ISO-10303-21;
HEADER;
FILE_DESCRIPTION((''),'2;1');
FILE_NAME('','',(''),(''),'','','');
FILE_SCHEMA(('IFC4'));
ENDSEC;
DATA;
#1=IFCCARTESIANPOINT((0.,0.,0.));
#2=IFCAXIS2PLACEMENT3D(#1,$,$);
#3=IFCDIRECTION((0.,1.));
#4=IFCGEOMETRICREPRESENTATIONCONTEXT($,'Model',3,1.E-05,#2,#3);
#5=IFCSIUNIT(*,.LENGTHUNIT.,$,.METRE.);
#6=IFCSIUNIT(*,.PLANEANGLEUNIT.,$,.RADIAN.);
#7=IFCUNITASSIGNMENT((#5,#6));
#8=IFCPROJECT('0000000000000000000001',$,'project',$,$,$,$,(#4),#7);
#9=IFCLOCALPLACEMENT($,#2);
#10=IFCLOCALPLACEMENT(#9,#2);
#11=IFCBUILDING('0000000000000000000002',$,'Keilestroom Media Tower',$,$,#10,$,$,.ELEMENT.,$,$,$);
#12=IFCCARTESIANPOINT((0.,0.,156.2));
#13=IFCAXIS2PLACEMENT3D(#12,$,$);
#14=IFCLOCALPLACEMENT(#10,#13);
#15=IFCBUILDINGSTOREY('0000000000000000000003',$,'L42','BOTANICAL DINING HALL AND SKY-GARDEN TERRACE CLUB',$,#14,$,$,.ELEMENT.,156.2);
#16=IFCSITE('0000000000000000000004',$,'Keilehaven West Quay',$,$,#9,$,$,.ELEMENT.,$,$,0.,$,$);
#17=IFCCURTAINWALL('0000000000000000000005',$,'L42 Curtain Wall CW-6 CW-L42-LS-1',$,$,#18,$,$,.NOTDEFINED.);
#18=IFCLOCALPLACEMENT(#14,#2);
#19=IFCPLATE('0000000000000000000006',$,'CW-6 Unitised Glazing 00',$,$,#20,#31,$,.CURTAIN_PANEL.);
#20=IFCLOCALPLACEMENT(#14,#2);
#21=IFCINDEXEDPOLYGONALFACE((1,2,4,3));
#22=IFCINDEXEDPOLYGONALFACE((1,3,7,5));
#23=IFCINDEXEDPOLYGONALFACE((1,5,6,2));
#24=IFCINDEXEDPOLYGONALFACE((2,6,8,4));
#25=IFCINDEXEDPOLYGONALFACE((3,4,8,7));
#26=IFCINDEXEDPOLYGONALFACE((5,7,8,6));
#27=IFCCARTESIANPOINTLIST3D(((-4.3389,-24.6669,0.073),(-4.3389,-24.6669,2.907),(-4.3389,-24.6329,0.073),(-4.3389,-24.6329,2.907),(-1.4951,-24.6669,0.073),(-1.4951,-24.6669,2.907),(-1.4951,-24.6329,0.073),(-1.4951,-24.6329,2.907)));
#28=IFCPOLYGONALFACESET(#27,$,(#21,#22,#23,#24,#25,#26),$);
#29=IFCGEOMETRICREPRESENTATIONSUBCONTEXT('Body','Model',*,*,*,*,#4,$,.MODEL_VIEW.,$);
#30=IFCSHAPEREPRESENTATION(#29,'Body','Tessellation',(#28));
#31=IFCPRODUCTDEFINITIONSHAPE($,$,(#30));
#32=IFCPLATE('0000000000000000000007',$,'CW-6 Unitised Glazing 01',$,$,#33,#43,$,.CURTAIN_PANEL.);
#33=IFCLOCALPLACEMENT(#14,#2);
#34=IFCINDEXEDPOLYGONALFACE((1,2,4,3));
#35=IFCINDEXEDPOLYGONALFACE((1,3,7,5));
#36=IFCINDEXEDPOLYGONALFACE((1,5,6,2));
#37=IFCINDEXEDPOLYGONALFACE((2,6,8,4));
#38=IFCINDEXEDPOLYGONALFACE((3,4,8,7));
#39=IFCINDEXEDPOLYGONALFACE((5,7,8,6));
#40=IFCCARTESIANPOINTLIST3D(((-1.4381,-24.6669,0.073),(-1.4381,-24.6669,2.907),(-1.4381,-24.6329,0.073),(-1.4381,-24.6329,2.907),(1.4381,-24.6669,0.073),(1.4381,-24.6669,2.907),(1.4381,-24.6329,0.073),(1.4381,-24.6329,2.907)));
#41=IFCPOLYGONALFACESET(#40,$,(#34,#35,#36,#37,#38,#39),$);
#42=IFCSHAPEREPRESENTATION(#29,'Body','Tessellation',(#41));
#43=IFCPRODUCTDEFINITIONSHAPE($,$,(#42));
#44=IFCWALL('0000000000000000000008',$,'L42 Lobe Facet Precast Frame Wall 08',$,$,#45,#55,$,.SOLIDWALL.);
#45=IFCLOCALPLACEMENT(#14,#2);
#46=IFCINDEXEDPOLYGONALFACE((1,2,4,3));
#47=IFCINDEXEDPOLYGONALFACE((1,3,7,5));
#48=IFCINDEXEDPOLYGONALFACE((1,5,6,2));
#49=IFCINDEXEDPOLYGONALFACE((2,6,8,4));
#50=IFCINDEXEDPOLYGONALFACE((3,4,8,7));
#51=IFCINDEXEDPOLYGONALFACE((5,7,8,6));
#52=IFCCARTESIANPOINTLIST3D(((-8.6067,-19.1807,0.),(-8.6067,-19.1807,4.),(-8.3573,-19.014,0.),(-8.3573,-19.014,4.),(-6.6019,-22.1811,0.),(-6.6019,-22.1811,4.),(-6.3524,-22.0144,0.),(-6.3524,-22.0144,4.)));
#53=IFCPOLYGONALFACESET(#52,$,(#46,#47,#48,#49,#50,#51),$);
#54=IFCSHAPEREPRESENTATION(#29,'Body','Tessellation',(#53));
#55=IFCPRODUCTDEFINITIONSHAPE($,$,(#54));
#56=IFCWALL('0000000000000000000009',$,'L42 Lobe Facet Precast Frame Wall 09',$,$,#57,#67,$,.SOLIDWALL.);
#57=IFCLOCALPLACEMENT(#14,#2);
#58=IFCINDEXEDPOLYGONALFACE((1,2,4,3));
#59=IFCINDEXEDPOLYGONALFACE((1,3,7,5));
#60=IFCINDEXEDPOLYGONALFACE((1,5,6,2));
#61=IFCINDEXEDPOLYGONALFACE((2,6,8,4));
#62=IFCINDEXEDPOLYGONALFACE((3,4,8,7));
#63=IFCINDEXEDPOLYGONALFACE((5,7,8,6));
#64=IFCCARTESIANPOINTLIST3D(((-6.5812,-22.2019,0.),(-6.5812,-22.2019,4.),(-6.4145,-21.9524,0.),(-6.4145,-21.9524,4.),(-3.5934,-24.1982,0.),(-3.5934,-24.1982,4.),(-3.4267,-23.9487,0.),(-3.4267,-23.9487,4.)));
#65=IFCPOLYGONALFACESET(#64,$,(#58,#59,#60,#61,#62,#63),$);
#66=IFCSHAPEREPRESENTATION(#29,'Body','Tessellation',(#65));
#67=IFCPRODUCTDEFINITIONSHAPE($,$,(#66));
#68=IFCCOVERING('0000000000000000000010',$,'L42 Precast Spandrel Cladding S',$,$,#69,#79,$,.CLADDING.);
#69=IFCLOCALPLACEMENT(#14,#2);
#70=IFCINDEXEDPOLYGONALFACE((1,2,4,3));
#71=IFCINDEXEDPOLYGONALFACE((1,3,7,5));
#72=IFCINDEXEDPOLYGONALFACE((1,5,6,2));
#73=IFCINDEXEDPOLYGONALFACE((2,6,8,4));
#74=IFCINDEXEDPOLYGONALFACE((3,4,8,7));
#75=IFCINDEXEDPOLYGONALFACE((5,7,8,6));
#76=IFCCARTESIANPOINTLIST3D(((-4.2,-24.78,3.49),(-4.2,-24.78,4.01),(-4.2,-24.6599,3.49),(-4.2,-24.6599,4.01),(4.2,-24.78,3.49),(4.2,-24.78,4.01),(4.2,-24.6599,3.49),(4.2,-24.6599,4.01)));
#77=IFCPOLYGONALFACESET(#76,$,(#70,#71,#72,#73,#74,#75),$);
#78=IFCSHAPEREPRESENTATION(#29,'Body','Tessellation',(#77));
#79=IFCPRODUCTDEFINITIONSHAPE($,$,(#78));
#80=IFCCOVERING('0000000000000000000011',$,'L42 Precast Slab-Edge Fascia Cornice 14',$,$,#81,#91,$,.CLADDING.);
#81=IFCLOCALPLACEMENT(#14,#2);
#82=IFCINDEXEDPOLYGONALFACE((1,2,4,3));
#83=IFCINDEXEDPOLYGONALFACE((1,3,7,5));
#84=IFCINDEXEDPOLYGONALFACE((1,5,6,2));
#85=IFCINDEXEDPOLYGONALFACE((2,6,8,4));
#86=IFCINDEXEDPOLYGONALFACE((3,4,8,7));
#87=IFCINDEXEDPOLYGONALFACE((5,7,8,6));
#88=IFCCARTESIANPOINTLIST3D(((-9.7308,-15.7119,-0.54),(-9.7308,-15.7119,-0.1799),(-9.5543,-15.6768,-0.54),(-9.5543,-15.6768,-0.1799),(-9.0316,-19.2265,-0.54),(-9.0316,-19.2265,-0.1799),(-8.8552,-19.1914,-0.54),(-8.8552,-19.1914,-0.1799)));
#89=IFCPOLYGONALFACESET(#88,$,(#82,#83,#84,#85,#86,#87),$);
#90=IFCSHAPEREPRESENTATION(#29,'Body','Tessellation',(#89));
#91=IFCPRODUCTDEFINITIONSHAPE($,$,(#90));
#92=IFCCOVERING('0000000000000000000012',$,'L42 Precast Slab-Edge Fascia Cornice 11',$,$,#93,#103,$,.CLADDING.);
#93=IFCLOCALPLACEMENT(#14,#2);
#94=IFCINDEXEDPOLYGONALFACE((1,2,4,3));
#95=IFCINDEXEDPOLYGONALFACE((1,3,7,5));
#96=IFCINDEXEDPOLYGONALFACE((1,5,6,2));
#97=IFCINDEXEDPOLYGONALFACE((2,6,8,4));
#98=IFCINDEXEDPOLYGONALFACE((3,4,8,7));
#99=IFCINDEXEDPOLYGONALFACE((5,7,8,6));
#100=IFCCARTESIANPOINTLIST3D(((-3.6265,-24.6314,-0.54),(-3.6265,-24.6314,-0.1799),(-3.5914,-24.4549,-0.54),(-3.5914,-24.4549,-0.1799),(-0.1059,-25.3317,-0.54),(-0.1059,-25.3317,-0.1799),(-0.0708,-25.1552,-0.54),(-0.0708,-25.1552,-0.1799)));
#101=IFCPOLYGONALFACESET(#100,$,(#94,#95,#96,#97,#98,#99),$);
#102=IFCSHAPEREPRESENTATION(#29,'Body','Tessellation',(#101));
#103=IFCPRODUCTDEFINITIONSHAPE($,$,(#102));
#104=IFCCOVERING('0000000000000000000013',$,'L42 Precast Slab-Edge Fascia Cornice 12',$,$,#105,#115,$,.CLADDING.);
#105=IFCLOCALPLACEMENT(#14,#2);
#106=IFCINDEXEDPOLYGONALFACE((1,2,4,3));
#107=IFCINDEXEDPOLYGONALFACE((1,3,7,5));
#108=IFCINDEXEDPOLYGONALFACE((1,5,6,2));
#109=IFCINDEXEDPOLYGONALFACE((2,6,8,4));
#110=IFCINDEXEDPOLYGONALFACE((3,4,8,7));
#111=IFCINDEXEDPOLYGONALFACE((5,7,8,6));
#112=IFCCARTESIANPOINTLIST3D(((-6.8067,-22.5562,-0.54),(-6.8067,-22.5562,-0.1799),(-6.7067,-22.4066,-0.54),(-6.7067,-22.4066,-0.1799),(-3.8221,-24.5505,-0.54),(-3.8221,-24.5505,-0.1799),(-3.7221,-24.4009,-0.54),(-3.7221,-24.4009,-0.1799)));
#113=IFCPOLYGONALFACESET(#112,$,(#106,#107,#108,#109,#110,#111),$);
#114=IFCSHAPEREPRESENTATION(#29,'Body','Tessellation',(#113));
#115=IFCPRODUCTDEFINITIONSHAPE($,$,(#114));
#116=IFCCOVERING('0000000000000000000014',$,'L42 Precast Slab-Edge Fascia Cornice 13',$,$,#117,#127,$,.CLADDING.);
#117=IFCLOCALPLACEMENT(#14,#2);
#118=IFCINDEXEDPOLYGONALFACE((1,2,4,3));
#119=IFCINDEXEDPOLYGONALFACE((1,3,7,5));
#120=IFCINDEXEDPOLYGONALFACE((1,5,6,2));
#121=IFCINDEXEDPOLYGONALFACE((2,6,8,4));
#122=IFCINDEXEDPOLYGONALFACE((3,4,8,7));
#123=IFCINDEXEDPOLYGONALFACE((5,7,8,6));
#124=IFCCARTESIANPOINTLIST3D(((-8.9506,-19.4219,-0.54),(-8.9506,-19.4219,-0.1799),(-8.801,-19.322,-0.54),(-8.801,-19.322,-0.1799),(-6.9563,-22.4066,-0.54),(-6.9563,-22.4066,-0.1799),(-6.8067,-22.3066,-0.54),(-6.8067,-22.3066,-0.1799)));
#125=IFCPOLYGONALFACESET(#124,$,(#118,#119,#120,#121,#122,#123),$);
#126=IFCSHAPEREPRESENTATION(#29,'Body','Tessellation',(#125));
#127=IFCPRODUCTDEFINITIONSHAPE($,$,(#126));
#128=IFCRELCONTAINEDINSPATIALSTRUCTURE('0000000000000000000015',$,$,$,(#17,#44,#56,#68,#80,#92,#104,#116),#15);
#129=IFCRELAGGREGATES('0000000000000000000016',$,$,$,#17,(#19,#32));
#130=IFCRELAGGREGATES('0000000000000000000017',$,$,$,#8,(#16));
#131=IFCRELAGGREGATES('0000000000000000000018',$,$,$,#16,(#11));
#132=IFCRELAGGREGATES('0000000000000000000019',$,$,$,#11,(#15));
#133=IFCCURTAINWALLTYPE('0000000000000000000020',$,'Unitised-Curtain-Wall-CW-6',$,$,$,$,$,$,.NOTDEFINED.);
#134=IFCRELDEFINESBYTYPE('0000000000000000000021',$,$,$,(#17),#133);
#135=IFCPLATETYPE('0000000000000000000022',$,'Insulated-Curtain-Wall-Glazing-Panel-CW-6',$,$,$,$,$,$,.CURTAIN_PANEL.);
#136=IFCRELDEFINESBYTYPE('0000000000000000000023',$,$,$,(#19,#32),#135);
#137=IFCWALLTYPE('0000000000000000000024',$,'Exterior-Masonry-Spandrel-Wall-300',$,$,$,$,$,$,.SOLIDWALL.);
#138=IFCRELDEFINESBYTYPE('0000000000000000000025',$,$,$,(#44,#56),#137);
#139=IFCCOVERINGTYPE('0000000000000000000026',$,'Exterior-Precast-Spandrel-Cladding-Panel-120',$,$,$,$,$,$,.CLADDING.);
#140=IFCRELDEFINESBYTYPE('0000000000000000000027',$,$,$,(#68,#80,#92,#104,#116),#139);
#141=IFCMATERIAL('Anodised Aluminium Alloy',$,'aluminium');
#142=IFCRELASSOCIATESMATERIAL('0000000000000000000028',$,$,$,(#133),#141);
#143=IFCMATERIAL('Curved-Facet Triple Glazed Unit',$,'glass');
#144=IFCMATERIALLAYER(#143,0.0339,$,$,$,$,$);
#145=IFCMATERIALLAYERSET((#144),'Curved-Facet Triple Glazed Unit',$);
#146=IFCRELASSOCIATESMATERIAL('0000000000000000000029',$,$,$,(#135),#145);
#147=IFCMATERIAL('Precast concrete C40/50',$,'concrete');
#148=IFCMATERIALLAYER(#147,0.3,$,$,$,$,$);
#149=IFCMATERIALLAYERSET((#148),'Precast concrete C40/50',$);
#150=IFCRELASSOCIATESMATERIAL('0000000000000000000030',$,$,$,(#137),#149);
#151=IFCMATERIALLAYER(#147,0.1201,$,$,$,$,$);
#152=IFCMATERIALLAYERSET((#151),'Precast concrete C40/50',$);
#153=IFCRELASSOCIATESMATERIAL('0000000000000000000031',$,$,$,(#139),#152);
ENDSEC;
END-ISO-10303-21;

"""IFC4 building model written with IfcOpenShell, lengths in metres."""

from ifc_helpers import new_model, si_unit, direction, frame, frame_2d, origin, origin_2d, place, context, subcontext, project, spatial, rectangle, extrude, source, transform, mapped, material, layer, layer_set, type_object, element, aggregate, save


model = new_model("IFC4")

# Units and contexts
model_context = context("Model", 3, precision=1e-05, world=origin(), true_north=direction((0.0, 1.0)))
body_context = subcontext(model_context, "Body", "Model", "MODEL_VIEW")
ifc_project = project(units=[si_unit("LENGTHUNIT", "METRE"), si_unit("PLANEANGLEUNIT", "RADIAN")], contexts=[model_context])

# Site, building, storey
site_placement = place(None, origin())
site = spatial("IfcSite", under=ifc_project, at=site_placement, Name="Keilehaven West Quay", CompositionType="ELEMENT", RefElevation=0.0)
building_placement = place(site_placement, origin())
building = spatial("IfcBuilding", under=site, at=building_placement, Name="Keilestroom Media Tower", CompositionType="ELEMENT")
storey_placement = place(building_placement, frame((0.0, 0.0, 156.2)))
storey = spatial("IfcBuildingStorey", under=building, at=storey_placement, Name="L42", Description="BOTANICAL DINING HALL AND SKY-GARDEN TERRACE CLUB", CompositionType="ELEMENT", Elevation=156.2)

# Curtain wall, plates
ifc_material_1 = material(Name="Anodised Aluminium Alloy", Category="aluminium")
curtain_wall_type = type_object("IfcCurtainWallType", Name="Unitised-Curtain-Wall-CW-6", PredefinedType="NOTDEFINED", material=ifc_material_1)
curtain_wall_placement = place(storey_placement, origin())
curtain_wall = element("IfcCurtainWall", 1, at=curtain_wall_placement, inside=storey, type_object=curtain_wall_type, Name="L42 Curtain Wall CW-6 CW-L42-LS-1", PredefinedType="NOTDEFINED")
ifc_material_2 = material(Name="Curved-Facet Triple Glazed Unit", Category="glass")
ifc_layer_1 = layer(ifc_material_2, 0.0339)
ifc_layer_set_1 = layer_set([ifc_layer_1], Name="Curved-Facet Triple Glazed Unit")
plate_type = type_object("IfcPlateType", Name="Insulated-Curtain-Wall-Glazing-Panel-CW-6", PredefinedType="CURTAIN_PANEL", material=ifc_layer_set_1)
shared_shape_1 = source(origin(), body_context, "Body", "SweptSolid", [
    extrude(rectangle(XDim=2.8438, YDim=0.0339, at=origin_2d()), origin(), (0.0, 0.0, 1.0), 2.834),
])
plate_1_placement = place(storey_placement, frame((-2.917, -24.6499, 0.073), z_axis=(0.0, 0.0, 1.0), x_axis=(1.0, 0.0, 0.0)))
plate_1 = element("IfcPlate", 2, at=plate_1_placement, type_object=plate_type, Name="CW-6 Unitised Glazing 00", PredefinedType="CURTAIN_PANEL", context=body_context, shape_type="MappedRepresentation", body=[
    mapped(shared_shape_1, transform((0.0, 0.0, 0.0), x_axis=(1.0, 0.0, 0.0), y_axis=(0.0, 1.0, 0.0), z_axis=(0.0, 0.0, 1.0), scale=1.0)),
])
shared_shape_2 = source(origin(), body_context, "Body", "SweptSolid", [
    extrude(rectangle(XDim=2.8762, YDim=0.0339, at=origin_2d()), origin(), (0.0, 0.0, 1.0), 2.834),
])
plate_2_placement = place(storey_placement, frame((0.0, -24.6499, 0.073), z_axis=(0.0, 0.0, 1.0), x_axis=(1.0, 0.0, 0.0)))
plate_2 = element("IfcPlate", 3, at=plate_2_placement, type_object=plate_type, Name="CW-6 Unitised Glazing 01", PredefinedType="CURTAIN_PANEL", context=body_context, shape_type="MappedRepresentation", body=[
    mapped(shared_shape_2, transform((0.0, 0.0, 0.0), x_axis=(1.0, 0.0, 0.0), y_axis=(0.0, 1.0, 0.0), z_axis=(0.0, 0.0, 1.0), scale=1.0)),
])
aggregate(curtain_wall, [plate_1, plate_2])

# Walls
ifc_material_3 = material(Name="Precast concrete C40/50", Category="concrete")
ifc_layer_2 = layer(ifc_material_3, 0.3)
ifc_layer_set_2 = layer_set([ifc_layer_2], Name="Precast concrete C40/50")
wall_type = type_object("IfcWallType", Name="Exterior-Masonry-Spandrel-Wall-300", PredefinedType="SOLIDWALL", material=ifc_layer_set_2)
wall_1_placement = place(storey_placement, frame((-8.4819, -19.0974, 0.0), z_axis=(0.0, 0.0, 1.0), x_axis=(0.555574, -0.831467, 0.0)))
element("IfcWall", 4, at=wall_1_placement, inside=storey, type_object=wall_type, Name="L42 Lobe Facet Precast Frame Wall 08", PredefinedType="SOLIDWALL", context=body_context, shape_type="SweptSolid", body=[
    extrude(rectangle(XDim=3.6086, YDim=0.3, at=frame_2d((1.8042, 0.0))), origin(), (0.0, 0.0, 1.0), 4.0),
])
wall_2_placement = place(storey_placement, frame((-6.4978, -22.0771, 0.0), z_axis=(0.0, 0.0, 1.0), x_axis=(0.831475, -0.555562, 0.0)))
element("IfcWall", 5, at=wall_2_placement, inside=storey, type_object=wall_type, Name="L42 Lobe Facet Precast Frame Wall 09", PredefinedType="SOLIDWALL", context=body_context, shape_type="SweptSolid", body=[
    extrude(rectangle(XDim=3.5933, YDim=0.3, at=frame_2d((1.7966, 0.0))), origin(), (0.0, 0.0, 1.0), 4.0),
])

# Coverings
ifc_layer_3 = layer(ifc_material_3, 0.1201)
ifc_layer_set_3 = layer_set([ifc_layer_3], Name="Precast concrete C40/50")
covering_type = type_object("IfcCoveringType", Name="Exterior-Precast-Spandrel-Cladding-Panel-120", PredefinedType="CLADDING", material=ifc_layer_set_3)
shared_shape_3 = source(origin(), body_context, "Body", "SweptSolid", [
    extrude(rectangle(XDim=8.3999, YDim=0.1201, at=origin_2d()), origin(), (0.0, 0.0, 1.0), 0.52),
])
covering_1_placement = place(storey_placement, frame((0.0, -24.72, 3.49), z_axis=(0.0, 0.0, 1.0), x_axis=(1.0, 0.0, 0.0)))
element("IfcCovering", 6, at=covering_1_placement, inside=storey, type_object=covering_type, Name="L42 Precast Spandrel Cladding S", PredefinedType="CLADDING", context=body_context, shape_type="MappedRepresentation", body=[
    mapped(shared_shape_3, transform((0.0, 0.0, 0.0), x_axis=(1.0, 0.0, 0.0), y_axis=(0.0, 1.0, 0.0), z_axis=(0.0, 0.0, 1.0), scale=1.0)),
])
shared_shape_4 = source(origin(), body_context, "Body", "SweptSolid", [
    extrude(rectangle(XDim=3.5835, YDim=0.1799, at=origin_2d()), origin(), (0.0, 0.0, 1.0), 0.3601),
])
covering_2_placement = place(storey_placement, frame((-9.293, -17.4517, -0.54), z_axis=(0.0, 0.0, 1.0), x_axis=(-0.195099, 0.980784, 0.0)))
element("IfcCovering", 7, at=covering_2_placement, inside=storey, type_object=covering_type, Name="L42 Precast Slab-Edge Fascia Cornice 14", PredefinedType="CLADDING", context=body_context, shape_type="MappedRepresentation", body=[
    mapped(shared_shape_4, transform((0.0, 0.0, 0.0), x_axis=(1.0, 0.0, 0.0), y_axis=(0.0, 1.0, 0.0), z_axis=(0.0, 0.0, 1.0), scale=1.0)),
])
shared_shape_5 = source(origin(), body_context, "Body", "SweptSolid", [
    extrude(rectangle(XDim=3.5896, YDim=0.1799, at=origin_2d()), origin(), (0.0, 0.0, 1.0), 0.3601),
])
for number, where, z_axis, x_axis, name in (
    (8, (-1.8486, -24.8933, -0.54), (0.0, 0.0, 1.0), (-0.980784, 0.195099, 0.0), "L42 Precast Slab-Edge Fascia Cornice 11"),
    (9, (-5.2644, -23.4785, -0.54), (0.0, 0.0, 1.0), (-0.831467, 0.555575, 0.0), "L42 Precast Slab-Edge Fascia Cornice 12"),
    (10, (-7.8787, -20.8643, -0.54), (0.0, 0.0, 1.0), (-0.555575, 0.831467, 0.0), "L42 Precast Slab-Edge Fascia Cornice 13"),
):
    element("IfcCovering", number, at=place(storey_placement, frame(where, z_axis=z_axis, x_axis=x_axis)), inside=storey, type_object=covering_type, Name=name, PredefinedType="CLADDING", context=body_context, shape_type="MappedRepresentation", body=[
        mapped(shared_shape_5, transform((0.0, 0.0, 0.0), x_axis=(1.0, 0.0, 0.0), y_axis=(0.0, 1.0, 0.0), z_axis=(0.0, 0.0, 1.0), scale=1.0)),
    ])

save(model, "model.ifc")
